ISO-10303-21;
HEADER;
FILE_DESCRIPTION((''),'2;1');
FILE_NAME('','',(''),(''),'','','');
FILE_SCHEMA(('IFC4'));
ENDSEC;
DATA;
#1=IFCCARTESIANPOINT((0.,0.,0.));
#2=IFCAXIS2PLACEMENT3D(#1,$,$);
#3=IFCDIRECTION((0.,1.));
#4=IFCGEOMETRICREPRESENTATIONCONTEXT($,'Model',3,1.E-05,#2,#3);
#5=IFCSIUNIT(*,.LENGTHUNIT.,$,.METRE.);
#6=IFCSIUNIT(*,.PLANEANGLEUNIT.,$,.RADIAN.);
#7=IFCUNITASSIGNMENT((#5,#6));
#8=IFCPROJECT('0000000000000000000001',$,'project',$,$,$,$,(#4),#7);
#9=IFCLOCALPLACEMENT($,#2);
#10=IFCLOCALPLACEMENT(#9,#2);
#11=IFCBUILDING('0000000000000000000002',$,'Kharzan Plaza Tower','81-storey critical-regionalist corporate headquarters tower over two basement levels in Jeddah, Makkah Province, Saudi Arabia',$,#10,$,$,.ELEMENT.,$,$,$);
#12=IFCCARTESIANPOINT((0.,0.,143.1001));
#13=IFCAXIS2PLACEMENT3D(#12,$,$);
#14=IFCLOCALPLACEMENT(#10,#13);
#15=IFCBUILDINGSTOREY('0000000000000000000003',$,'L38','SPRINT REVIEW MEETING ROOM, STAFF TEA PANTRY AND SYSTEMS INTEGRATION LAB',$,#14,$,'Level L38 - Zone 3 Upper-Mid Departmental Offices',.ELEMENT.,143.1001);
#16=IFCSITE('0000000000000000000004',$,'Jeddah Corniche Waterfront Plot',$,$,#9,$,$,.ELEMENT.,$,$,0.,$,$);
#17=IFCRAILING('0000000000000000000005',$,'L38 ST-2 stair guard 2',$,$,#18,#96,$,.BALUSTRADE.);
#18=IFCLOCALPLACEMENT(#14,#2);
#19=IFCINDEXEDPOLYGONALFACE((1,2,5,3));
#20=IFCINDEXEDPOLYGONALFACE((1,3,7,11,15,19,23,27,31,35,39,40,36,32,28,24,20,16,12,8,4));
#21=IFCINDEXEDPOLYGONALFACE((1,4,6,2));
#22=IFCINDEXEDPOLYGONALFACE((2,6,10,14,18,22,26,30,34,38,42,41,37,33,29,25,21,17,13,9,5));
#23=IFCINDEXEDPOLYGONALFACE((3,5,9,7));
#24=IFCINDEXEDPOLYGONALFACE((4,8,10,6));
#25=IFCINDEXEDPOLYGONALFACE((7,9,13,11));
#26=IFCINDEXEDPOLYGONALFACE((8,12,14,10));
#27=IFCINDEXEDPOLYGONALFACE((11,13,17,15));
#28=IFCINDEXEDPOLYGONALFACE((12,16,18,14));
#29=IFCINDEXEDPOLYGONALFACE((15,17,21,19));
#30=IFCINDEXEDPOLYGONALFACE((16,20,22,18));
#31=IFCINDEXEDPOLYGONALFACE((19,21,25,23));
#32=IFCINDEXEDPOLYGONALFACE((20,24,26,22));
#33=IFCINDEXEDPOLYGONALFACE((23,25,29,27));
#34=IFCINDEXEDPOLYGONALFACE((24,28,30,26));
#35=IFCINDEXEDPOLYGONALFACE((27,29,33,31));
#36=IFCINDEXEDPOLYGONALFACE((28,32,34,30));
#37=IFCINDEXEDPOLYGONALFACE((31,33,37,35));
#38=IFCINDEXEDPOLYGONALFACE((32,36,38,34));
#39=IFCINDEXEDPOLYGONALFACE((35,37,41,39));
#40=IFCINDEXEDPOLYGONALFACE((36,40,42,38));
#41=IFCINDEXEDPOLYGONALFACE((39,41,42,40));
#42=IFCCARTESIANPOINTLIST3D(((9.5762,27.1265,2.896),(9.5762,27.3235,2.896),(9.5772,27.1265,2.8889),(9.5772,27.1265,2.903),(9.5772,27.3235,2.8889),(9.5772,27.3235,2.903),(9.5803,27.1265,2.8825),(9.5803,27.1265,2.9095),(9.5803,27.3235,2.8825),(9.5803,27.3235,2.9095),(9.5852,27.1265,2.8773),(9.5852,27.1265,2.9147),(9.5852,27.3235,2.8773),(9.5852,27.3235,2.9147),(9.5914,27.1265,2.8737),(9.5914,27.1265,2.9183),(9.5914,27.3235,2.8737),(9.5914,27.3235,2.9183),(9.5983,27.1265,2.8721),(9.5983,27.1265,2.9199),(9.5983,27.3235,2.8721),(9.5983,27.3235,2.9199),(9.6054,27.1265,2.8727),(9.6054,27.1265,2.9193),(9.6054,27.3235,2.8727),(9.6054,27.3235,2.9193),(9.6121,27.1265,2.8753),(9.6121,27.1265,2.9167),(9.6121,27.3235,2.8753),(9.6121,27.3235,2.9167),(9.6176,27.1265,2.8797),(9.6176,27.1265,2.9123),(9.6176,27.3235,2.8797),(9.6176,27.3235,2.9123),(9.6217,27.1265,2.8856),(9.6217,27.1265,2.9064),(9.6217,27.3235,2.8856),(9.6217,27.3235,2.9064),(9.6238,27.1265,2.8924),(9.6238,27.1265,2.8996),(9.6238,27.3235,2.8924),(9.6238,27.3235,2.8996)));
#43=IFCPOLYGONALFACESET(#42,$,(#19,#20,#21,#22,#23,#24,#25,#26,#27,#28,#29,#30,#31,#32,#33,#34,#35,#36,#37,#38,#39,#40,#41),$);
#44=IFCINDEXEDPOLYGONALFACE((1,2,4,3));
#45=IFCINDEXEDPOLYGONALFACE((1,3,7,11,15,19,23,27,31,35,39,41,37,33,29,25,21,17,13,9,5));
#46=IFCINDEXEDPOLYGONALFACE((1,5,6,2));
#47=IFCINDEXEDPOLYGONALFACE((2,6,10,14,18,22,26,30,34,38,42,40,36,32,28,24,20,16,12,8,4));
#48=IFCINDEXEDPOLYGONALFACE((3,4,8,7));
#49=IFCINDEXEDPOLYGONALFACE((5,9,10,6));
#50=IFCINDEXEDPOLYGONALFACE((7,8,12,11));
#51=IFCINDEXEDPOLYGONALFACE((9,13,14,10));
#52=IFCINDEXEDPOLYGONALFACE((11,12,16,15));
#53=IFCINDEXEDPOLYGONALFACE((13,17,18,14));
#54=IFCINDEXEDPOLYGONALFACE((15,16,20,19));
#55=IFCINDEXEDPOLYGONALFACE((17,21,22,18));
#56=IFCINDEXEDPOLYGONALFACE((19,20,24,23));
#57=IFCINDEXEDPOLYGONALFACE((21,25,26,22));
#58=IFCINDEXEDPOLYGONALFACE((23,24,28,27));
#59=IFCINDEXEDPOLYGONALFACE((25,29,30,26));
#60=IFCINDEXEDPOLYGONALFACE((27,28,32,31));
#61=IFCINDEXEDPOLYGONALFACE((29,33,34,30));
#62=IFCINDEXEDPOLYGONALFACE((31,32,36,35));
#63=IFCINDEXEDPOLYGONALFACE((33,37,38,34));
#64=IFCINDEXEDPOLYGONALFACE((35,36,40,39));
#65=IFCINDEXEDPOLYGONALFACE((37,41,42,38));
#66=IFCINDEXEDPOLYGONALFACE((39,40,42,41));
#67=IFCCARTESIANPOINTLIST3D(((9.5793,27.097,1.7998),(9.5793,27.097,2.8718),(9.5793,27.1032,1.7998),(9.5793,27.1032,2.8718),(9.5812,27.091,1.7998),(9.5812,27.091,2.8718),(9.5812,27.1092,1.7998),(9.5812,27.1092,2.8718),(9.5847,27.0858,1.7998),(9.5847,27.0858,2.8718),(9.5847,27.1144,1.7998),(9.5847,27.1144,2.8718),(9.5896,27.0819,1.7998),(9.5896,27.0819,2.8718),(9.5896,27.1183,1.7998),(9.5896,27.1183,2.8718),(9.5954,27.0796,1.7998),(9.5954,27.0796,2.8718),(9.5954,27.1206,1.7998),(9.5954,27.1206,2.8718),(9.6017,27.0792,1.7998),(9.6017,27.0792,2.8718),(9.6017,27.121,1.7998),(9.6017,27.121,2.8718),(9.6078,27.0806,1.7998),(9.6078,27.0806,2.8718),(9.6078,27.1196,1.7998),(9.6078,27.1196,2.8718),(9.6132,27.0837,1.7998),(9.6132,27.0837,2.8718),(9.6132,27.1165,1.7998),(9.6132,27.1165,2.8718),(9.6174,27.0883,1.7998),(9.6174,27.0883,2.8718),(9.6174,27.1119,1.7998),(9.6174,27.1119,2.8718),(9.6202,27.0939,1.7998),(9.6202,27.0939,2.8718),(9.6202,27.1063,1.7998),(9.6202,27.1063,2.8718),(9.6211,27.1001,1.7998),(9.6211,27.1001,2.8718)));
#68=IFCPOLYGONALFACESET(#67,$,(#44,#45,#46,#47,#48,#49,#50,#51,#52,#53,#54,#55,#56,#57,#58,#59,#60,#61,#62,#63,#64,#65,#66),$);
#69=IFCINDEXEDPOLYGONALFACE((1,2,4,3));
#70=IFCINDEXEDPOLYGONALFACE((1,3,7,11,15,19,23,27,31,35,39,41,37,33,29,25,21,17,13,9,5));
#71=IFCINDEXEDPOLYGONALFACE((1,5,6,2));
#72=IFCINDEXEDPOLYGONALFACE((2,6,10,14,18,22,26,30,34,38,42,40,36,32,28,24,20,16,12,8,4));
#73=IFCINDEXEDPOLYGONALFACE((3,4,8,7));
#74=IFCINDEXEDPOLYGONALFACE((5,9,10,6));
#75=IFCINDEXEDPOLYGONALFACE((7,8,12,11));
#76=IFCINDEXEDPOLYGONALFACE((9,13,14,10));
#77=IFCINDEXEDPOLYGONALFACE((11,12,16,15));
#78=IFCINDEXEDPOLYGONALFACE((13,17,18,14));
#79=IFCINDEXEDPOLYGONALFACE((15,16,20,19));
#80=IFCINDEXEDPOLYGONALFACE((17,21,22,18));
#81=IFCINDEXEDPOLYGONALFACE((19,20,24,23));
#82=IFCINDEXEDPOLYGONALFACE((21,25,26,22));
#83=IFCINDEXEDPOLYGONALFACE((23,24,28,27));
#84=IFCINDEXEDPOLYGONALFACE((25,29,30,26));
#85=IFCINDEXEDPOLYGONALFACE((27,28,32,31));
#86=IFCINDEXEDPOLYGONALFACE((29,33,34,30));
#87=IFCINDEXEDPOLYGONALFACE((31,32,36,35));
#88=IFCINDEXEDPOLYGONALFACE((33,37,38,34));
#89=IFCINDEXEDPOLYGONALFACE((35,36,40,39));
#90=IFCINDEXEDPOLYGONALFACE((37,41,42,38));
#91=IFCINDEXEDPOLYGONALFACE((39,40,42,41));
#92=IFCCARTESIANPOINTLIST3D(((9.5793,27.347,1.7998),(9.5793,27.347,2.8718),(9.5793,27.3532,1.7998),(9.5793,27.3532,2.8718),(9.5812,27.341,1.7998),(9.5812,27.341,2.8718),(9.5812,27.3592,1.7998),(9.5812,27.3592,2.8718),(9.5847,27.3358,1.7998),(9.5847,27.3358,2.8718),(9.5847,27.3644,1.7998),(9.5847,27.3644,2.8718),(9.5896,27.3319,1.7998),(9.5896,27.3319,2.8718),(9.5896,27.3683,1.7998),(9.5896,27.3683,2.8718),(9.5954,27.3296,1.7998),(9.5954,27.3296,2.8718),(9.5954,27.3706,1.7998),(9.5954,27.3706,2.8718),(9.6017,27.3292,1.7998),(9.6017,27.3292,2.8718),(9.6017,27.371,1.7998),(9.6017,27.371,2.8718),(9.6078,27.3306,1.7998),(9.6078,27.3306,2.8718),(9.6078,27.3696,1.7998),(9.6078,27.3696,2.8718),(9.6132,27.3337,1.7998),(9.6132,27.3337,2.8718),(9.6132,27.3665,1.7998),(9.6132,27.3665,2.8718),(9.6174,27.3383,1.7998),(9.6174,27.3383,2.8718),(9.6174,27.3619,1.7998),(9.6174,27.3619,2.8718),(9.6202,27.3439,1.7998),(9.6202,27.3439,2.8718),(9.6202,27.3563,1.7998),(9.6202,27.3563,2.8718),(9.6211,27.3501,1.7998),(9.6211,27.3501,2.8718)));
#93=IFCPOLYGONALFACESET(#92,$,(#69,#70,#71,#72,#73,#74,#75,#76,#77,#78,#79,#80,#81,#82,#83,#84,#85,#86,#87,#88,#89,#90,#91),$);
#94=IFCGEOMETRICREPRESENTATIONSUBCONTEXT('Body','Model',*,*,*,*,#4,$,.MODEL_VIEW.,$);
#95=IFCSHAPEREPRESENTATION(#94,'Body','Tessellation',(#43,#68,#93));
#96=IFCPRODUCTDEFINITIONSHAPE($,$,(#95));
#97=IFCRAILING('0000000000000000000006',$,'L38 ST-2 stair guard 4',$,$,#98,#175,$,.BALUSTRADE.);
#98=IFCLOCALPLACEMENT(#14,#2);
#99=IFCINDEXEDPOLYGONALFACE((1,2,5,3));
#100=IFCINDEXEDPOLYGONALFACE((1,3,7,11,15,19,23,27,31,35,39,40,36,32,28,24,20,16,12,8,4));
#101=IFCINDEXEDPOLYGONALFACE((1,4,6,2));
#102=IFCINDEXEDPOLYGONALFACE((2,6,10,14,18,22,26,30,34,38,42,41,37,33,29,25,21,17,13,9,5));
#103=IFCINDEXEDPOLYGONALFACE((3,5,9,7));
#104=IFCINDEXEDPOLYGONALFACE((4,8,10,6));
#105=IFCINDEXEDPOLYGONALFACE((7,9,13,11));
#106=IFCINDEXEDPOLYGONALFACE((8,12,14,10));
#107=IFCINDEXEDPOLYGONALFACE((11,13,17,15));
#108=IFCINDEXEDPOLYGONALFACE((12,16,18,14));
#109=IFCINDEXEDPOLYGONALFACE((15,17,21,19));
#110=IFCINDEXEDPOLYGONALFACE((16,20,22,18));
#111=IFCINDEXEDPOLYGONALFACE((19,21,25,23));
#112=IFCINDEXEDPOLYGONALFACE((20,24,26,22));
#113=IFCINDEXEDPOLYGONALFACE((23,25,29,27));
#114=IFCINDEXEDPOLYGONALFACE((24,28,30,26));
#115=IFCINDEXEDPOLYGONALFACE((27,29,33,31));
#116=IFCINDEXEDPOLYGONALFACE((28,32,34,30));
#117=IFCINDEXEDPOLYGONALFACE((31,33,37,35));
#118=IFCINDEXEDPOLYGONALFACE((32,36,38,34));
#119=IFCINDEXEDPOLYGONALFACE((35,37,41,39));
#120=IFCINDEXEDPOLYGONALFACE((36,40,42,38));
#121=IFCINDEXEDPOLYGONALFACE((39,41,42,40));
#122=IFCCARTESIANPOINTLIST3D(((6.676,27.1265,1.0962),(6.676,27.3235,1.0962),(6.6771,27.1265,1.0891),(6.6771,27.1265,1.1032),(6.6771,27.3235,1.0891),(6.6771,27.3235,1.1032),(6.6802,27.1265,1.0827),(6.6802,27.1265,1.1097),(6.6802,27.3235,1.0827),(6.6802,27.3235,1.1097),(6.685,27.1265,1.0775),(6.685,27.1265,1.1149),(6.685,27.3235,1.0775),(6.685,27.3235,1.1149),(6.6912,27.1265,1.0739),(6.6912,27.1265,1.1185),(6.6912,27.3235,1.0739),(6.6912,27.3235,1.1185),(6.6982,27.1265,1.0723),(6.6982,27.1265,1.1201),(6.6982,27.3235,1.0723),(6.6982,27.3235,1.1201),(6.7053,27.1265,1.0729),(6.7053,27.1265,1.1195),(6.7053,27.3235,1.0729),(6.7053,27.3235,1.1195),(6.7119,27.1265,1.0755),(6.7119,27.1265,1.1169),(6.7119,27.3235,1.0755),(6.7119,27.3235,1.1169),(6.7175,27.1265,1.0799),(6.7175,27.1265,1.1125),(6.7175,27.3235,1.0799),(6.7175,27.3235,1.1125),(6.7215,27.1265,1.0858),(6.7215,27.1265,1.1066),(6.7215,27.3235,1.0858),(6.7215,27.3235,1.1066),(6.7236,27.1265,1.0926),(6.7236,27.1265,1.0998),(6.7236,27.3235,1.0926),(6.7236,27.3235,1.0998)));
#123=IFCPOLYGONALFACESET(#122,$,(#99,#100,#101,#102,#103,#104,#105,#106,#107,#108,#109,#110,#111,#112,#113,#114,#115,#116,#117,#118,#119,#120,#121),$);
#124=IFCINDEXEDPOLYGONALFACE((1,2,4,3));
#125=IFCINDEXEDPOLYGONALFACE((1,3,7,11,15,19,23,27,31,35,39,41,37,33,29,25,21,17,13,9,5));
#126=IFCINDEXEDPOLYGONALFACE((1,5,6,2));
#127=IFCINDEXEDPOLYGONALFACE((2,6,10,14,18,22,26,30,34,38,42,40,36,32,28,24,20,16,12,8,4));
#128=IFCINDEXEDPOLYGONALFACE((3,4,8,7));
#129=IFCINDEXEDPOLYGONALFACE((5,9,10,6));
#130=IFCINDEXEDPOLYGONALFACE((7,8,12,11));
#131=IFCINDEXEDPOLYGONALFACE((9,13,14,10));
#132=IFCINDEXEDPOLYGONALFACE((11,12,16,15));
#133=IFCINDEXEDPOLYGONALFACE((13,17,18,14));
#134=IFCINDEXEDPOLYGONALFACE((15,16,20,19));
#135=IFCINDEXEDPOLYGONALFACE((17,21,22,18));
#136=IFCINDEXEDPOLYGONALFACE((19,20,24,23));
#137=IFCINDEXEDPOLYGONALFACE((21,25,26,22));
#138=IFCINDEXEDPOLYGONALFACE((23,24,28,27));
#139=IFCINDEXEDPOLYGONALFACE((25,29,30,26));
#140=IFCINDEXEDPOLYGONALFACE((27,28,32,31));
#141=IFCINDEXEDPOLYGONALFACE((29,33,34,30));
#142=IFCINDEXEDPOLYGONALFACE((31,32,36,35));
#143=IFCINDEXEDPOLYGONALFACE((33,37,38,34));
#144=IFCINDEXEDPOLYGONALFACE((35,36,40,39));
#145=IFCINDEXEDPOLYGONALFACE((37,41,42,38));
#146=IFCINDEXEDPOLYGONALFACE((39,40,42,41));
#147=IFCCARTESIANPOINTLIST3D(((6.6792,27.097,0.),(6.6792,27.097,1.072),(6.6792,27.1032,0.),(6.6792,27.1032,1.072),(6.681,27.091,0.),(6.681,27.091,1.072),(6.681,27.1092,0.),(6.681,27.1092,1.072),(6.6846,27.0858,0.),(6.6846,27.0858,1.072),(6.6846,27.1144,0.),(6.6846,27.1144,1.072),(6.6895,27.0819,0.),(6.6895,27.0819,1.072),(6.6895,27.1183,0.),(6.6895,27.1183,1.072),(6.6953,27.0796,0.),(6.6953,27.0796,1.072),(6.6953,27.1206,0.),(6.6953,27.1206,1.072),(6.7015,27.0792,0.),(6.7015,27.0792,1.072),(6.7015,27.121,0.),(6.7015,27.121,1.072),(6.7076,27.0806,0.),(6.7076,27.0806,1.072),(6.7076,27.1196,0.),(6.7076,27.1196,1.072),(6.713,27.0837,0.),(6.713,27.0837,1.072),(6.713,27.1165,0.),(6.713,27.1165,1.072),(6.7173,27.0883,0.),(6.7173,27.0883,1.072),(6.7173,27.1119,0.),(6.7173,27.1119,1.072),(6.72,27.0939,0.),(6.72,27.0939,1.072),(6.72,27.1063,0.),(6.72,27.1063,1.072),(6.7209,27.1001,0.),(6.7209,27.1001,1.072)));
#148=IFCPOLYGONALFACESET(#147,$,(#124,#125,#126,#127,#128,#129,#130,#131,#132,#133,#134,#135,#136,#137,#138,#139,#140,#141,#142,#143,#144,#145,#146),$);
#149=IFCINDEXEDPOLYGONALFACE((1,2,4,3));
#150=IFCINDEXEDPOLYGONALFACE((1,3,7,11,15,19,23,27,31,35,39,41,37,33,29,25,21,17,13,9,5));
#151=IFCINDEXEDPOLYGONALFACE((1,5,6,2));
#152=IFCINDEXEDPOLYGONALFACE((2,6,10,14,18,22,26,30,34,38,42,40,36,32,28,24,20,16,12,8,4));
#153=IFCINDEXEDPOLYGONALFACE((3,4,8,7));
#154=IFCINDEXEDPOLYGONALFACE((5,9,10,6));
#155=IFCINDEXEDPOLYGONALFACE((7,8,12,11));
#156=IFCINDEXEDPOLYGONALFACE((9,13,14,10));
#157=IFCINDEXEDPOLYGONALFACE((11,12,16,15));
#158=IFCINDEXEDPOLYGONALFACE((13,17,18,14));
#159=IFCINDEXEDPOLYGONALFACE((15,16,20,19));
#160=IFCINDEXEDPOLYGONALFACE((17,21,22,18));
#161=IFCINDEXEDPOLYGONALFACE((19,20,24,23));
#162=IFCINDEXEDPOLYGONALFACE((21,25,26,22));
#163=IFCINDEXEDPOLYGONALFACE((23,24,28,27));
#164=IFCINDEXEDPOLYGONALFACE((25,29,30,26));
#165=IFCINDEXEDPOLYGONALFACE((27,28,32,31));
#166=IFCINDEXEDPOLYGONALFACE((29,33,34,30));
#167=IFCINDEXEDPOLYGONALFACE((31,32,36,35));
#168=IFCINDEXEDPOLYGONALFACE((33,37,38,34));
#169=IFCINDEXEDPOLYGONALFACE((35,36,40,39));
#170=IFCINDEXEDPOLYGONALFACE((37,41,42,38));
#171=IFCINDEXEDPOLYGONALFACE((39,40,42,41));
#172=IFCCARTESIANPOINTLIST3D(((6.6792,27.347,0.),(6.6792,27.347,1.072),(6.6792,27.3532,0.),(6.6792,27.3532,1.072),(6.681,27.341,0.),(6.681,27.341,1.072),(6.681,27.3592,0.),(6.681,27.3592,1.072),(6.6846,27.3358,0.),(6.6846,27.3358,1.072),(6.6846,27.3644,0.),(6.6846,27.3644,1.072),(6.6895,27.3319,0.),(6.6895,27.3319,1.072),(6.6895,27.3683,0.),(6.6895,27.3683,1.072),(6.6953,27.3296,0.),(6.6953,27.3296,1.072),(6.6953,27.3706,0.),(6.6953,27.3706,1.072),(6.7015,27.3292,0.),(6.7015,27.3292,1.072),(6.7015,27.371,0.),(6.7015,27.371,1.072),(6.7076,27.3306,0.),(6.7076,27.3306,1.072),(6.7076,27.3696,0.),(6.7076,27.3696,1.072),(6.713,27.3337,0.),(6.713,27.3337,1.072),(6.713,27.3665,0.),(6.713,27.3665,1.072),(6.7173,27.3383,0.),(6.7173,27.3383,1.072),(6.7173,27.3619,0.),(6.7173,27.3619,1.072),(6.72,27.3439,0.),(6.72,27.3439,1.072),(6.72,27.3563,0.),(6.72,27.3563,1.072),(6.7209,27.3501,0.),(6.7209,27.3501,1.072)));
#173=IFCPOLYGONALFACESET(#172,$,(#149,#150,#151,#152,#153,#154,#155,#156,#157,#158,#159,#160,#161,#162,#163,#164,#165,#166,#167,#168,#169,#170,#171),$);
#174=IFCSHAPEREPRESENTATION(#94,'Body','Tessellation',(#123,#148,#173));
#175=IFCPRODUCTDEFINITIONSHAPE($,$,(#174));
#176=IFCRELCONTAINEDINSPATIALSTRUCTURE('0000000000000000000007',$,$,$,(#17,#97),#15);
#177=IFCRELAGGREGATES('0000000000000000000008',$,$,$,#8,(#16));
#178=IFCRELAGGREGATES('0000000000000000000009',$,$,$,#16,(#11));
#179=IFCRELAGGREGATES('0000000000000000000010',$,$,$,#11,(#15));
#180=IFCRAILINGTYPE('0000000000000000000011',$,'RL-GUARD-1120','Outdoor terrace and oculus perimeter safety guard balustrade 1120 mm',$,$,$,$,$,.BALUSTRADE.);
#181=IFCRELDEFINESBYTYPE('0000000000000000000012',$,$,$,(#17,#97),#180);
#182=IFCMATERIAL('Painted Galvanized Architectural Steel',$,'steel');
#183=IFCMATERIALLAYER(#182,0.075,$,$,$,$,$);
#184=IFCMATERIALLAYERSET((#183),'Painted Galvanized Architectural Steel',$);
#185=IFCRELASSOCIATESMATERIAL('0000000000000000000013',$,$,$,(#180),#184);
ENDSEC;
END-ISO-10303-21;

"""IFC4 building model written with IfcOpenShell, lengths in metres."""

from ifc_helpers import new_model, si_unit, direction, frame, origin, origin_2d, place, context, subcontext, project, spatial, circle, extrude, source, transform, mapped, material, layer, layer_set, type_object, element, save


model = new_model("IFC4")

# Units and contexts
model_context = context("Model", 3, precision=1e-05, world=origin(), true_north=direction((0.0, 1.0)))
body_context = subcontext(model_context, "Body", "Model", "MODEL_VIEW")
ifc_project = project(units=[si_unit("LENGTHUNIT", "METRE"), si_unit("PLANEANGLEUNIT", "RADIAN")], contexts=[model_context])

# Site, building, storey
site_placement = place(None, origin())
site = spatial("IfcSite", under=ifc_project, at=site_placement, Name="Jeddah Corniche Waterfront Plot", CompositionType="ELEMENT", RefElevation=0.0)
building_placement = place(site_placement, origin())
building = spatial("IfcBuilding", under=site, at=building_placement, Name="Kharzan Plaza Tower", Description="81-storey critical-regionalist corporate headquarters tower over two basement levels in Jeddah, Makkah Province, Saudi Arabia", CompositionType="ELEMENT")
storey_placement = place(building_placement, frame((0.0, 0.0, 143.1001)))
storey = spatial("IfcBuildingStorey", under=building, at=storey_placement, Name="L38", Description="SPRINT REVIEW MEETING ROOM, STAFF TEA PANTRY AND SYSTEMS INTEGRATION LAB", LongName="Level L38 - Zone 3 Upper-Mid Departmental Offices", CompositionType="ELEMENT", Elevation=143.1001)

# Railings
ifc_material_1 = material(Name="Painted Galvanized Architectural Steel", Category="steel")
ifc_layer_1 = layer(ifc_material_1, 0.075)
ifc_layer_set_1 = layer_set([ifc_layer_1], Name="Painted Galvanized Architectural Steel")
railing_type_1 = type_object("IfcRailingType", Name="RL-GUARD-1120", Description="Outdoor terrace and oculus perimeter safety guard balustrade 1120 mm", PredefinedType="BALUSTRADE", material=ifc_layer_set_1)
shared_shape_1 = source(origin(), body_context, "Body", "SweptSolid", [
    extrude(circle(Radius=0.0239, at=origin_2d()), frame((0.0, 0.0264, 1.0962), z_axis=(0.0, 1.0, 0.0), x_axis=(-1.0, 0.0, 0.0)), (0.0, 0.0, 1.0), 0.197),
    extrude(circle(Radius=0.021, at=origin_2d()), origin(), (0.0, 0.0, 1.0), 1.072),
    extrude(circle(Radius=0.021, at=origin_2d()), frame((0.0, 0.25, 0.0)), (0.0, 0.0, 1.0), 1.072),
])
for number, where, name in (
    (1, (9.6001, 27.1001, 1.7998), "L38 ST-2 stair guard 2"),
    (2, (6.7, 27.1001, 0.0), "L38 ST-2 stair guard 4"),
):
    element("IfcRailing", number, at=place(storey_placement, frame(where)), inside=storey, type_object=railing_type_1, Name=name, PredefinedType="BALUSTRADE", context=body_context, shape_type="MappedRepresentation", body=[
        mapped(shared_shape_1, transform((0.0, 0.0, 0.0), x_axis=(1.0, 0.0, 0.0), y_axis=(0.0, 1.0, 0.0), z_axis=(0.0, 0.0, 1.0))),
    ])

save(model, "model.ifc")
